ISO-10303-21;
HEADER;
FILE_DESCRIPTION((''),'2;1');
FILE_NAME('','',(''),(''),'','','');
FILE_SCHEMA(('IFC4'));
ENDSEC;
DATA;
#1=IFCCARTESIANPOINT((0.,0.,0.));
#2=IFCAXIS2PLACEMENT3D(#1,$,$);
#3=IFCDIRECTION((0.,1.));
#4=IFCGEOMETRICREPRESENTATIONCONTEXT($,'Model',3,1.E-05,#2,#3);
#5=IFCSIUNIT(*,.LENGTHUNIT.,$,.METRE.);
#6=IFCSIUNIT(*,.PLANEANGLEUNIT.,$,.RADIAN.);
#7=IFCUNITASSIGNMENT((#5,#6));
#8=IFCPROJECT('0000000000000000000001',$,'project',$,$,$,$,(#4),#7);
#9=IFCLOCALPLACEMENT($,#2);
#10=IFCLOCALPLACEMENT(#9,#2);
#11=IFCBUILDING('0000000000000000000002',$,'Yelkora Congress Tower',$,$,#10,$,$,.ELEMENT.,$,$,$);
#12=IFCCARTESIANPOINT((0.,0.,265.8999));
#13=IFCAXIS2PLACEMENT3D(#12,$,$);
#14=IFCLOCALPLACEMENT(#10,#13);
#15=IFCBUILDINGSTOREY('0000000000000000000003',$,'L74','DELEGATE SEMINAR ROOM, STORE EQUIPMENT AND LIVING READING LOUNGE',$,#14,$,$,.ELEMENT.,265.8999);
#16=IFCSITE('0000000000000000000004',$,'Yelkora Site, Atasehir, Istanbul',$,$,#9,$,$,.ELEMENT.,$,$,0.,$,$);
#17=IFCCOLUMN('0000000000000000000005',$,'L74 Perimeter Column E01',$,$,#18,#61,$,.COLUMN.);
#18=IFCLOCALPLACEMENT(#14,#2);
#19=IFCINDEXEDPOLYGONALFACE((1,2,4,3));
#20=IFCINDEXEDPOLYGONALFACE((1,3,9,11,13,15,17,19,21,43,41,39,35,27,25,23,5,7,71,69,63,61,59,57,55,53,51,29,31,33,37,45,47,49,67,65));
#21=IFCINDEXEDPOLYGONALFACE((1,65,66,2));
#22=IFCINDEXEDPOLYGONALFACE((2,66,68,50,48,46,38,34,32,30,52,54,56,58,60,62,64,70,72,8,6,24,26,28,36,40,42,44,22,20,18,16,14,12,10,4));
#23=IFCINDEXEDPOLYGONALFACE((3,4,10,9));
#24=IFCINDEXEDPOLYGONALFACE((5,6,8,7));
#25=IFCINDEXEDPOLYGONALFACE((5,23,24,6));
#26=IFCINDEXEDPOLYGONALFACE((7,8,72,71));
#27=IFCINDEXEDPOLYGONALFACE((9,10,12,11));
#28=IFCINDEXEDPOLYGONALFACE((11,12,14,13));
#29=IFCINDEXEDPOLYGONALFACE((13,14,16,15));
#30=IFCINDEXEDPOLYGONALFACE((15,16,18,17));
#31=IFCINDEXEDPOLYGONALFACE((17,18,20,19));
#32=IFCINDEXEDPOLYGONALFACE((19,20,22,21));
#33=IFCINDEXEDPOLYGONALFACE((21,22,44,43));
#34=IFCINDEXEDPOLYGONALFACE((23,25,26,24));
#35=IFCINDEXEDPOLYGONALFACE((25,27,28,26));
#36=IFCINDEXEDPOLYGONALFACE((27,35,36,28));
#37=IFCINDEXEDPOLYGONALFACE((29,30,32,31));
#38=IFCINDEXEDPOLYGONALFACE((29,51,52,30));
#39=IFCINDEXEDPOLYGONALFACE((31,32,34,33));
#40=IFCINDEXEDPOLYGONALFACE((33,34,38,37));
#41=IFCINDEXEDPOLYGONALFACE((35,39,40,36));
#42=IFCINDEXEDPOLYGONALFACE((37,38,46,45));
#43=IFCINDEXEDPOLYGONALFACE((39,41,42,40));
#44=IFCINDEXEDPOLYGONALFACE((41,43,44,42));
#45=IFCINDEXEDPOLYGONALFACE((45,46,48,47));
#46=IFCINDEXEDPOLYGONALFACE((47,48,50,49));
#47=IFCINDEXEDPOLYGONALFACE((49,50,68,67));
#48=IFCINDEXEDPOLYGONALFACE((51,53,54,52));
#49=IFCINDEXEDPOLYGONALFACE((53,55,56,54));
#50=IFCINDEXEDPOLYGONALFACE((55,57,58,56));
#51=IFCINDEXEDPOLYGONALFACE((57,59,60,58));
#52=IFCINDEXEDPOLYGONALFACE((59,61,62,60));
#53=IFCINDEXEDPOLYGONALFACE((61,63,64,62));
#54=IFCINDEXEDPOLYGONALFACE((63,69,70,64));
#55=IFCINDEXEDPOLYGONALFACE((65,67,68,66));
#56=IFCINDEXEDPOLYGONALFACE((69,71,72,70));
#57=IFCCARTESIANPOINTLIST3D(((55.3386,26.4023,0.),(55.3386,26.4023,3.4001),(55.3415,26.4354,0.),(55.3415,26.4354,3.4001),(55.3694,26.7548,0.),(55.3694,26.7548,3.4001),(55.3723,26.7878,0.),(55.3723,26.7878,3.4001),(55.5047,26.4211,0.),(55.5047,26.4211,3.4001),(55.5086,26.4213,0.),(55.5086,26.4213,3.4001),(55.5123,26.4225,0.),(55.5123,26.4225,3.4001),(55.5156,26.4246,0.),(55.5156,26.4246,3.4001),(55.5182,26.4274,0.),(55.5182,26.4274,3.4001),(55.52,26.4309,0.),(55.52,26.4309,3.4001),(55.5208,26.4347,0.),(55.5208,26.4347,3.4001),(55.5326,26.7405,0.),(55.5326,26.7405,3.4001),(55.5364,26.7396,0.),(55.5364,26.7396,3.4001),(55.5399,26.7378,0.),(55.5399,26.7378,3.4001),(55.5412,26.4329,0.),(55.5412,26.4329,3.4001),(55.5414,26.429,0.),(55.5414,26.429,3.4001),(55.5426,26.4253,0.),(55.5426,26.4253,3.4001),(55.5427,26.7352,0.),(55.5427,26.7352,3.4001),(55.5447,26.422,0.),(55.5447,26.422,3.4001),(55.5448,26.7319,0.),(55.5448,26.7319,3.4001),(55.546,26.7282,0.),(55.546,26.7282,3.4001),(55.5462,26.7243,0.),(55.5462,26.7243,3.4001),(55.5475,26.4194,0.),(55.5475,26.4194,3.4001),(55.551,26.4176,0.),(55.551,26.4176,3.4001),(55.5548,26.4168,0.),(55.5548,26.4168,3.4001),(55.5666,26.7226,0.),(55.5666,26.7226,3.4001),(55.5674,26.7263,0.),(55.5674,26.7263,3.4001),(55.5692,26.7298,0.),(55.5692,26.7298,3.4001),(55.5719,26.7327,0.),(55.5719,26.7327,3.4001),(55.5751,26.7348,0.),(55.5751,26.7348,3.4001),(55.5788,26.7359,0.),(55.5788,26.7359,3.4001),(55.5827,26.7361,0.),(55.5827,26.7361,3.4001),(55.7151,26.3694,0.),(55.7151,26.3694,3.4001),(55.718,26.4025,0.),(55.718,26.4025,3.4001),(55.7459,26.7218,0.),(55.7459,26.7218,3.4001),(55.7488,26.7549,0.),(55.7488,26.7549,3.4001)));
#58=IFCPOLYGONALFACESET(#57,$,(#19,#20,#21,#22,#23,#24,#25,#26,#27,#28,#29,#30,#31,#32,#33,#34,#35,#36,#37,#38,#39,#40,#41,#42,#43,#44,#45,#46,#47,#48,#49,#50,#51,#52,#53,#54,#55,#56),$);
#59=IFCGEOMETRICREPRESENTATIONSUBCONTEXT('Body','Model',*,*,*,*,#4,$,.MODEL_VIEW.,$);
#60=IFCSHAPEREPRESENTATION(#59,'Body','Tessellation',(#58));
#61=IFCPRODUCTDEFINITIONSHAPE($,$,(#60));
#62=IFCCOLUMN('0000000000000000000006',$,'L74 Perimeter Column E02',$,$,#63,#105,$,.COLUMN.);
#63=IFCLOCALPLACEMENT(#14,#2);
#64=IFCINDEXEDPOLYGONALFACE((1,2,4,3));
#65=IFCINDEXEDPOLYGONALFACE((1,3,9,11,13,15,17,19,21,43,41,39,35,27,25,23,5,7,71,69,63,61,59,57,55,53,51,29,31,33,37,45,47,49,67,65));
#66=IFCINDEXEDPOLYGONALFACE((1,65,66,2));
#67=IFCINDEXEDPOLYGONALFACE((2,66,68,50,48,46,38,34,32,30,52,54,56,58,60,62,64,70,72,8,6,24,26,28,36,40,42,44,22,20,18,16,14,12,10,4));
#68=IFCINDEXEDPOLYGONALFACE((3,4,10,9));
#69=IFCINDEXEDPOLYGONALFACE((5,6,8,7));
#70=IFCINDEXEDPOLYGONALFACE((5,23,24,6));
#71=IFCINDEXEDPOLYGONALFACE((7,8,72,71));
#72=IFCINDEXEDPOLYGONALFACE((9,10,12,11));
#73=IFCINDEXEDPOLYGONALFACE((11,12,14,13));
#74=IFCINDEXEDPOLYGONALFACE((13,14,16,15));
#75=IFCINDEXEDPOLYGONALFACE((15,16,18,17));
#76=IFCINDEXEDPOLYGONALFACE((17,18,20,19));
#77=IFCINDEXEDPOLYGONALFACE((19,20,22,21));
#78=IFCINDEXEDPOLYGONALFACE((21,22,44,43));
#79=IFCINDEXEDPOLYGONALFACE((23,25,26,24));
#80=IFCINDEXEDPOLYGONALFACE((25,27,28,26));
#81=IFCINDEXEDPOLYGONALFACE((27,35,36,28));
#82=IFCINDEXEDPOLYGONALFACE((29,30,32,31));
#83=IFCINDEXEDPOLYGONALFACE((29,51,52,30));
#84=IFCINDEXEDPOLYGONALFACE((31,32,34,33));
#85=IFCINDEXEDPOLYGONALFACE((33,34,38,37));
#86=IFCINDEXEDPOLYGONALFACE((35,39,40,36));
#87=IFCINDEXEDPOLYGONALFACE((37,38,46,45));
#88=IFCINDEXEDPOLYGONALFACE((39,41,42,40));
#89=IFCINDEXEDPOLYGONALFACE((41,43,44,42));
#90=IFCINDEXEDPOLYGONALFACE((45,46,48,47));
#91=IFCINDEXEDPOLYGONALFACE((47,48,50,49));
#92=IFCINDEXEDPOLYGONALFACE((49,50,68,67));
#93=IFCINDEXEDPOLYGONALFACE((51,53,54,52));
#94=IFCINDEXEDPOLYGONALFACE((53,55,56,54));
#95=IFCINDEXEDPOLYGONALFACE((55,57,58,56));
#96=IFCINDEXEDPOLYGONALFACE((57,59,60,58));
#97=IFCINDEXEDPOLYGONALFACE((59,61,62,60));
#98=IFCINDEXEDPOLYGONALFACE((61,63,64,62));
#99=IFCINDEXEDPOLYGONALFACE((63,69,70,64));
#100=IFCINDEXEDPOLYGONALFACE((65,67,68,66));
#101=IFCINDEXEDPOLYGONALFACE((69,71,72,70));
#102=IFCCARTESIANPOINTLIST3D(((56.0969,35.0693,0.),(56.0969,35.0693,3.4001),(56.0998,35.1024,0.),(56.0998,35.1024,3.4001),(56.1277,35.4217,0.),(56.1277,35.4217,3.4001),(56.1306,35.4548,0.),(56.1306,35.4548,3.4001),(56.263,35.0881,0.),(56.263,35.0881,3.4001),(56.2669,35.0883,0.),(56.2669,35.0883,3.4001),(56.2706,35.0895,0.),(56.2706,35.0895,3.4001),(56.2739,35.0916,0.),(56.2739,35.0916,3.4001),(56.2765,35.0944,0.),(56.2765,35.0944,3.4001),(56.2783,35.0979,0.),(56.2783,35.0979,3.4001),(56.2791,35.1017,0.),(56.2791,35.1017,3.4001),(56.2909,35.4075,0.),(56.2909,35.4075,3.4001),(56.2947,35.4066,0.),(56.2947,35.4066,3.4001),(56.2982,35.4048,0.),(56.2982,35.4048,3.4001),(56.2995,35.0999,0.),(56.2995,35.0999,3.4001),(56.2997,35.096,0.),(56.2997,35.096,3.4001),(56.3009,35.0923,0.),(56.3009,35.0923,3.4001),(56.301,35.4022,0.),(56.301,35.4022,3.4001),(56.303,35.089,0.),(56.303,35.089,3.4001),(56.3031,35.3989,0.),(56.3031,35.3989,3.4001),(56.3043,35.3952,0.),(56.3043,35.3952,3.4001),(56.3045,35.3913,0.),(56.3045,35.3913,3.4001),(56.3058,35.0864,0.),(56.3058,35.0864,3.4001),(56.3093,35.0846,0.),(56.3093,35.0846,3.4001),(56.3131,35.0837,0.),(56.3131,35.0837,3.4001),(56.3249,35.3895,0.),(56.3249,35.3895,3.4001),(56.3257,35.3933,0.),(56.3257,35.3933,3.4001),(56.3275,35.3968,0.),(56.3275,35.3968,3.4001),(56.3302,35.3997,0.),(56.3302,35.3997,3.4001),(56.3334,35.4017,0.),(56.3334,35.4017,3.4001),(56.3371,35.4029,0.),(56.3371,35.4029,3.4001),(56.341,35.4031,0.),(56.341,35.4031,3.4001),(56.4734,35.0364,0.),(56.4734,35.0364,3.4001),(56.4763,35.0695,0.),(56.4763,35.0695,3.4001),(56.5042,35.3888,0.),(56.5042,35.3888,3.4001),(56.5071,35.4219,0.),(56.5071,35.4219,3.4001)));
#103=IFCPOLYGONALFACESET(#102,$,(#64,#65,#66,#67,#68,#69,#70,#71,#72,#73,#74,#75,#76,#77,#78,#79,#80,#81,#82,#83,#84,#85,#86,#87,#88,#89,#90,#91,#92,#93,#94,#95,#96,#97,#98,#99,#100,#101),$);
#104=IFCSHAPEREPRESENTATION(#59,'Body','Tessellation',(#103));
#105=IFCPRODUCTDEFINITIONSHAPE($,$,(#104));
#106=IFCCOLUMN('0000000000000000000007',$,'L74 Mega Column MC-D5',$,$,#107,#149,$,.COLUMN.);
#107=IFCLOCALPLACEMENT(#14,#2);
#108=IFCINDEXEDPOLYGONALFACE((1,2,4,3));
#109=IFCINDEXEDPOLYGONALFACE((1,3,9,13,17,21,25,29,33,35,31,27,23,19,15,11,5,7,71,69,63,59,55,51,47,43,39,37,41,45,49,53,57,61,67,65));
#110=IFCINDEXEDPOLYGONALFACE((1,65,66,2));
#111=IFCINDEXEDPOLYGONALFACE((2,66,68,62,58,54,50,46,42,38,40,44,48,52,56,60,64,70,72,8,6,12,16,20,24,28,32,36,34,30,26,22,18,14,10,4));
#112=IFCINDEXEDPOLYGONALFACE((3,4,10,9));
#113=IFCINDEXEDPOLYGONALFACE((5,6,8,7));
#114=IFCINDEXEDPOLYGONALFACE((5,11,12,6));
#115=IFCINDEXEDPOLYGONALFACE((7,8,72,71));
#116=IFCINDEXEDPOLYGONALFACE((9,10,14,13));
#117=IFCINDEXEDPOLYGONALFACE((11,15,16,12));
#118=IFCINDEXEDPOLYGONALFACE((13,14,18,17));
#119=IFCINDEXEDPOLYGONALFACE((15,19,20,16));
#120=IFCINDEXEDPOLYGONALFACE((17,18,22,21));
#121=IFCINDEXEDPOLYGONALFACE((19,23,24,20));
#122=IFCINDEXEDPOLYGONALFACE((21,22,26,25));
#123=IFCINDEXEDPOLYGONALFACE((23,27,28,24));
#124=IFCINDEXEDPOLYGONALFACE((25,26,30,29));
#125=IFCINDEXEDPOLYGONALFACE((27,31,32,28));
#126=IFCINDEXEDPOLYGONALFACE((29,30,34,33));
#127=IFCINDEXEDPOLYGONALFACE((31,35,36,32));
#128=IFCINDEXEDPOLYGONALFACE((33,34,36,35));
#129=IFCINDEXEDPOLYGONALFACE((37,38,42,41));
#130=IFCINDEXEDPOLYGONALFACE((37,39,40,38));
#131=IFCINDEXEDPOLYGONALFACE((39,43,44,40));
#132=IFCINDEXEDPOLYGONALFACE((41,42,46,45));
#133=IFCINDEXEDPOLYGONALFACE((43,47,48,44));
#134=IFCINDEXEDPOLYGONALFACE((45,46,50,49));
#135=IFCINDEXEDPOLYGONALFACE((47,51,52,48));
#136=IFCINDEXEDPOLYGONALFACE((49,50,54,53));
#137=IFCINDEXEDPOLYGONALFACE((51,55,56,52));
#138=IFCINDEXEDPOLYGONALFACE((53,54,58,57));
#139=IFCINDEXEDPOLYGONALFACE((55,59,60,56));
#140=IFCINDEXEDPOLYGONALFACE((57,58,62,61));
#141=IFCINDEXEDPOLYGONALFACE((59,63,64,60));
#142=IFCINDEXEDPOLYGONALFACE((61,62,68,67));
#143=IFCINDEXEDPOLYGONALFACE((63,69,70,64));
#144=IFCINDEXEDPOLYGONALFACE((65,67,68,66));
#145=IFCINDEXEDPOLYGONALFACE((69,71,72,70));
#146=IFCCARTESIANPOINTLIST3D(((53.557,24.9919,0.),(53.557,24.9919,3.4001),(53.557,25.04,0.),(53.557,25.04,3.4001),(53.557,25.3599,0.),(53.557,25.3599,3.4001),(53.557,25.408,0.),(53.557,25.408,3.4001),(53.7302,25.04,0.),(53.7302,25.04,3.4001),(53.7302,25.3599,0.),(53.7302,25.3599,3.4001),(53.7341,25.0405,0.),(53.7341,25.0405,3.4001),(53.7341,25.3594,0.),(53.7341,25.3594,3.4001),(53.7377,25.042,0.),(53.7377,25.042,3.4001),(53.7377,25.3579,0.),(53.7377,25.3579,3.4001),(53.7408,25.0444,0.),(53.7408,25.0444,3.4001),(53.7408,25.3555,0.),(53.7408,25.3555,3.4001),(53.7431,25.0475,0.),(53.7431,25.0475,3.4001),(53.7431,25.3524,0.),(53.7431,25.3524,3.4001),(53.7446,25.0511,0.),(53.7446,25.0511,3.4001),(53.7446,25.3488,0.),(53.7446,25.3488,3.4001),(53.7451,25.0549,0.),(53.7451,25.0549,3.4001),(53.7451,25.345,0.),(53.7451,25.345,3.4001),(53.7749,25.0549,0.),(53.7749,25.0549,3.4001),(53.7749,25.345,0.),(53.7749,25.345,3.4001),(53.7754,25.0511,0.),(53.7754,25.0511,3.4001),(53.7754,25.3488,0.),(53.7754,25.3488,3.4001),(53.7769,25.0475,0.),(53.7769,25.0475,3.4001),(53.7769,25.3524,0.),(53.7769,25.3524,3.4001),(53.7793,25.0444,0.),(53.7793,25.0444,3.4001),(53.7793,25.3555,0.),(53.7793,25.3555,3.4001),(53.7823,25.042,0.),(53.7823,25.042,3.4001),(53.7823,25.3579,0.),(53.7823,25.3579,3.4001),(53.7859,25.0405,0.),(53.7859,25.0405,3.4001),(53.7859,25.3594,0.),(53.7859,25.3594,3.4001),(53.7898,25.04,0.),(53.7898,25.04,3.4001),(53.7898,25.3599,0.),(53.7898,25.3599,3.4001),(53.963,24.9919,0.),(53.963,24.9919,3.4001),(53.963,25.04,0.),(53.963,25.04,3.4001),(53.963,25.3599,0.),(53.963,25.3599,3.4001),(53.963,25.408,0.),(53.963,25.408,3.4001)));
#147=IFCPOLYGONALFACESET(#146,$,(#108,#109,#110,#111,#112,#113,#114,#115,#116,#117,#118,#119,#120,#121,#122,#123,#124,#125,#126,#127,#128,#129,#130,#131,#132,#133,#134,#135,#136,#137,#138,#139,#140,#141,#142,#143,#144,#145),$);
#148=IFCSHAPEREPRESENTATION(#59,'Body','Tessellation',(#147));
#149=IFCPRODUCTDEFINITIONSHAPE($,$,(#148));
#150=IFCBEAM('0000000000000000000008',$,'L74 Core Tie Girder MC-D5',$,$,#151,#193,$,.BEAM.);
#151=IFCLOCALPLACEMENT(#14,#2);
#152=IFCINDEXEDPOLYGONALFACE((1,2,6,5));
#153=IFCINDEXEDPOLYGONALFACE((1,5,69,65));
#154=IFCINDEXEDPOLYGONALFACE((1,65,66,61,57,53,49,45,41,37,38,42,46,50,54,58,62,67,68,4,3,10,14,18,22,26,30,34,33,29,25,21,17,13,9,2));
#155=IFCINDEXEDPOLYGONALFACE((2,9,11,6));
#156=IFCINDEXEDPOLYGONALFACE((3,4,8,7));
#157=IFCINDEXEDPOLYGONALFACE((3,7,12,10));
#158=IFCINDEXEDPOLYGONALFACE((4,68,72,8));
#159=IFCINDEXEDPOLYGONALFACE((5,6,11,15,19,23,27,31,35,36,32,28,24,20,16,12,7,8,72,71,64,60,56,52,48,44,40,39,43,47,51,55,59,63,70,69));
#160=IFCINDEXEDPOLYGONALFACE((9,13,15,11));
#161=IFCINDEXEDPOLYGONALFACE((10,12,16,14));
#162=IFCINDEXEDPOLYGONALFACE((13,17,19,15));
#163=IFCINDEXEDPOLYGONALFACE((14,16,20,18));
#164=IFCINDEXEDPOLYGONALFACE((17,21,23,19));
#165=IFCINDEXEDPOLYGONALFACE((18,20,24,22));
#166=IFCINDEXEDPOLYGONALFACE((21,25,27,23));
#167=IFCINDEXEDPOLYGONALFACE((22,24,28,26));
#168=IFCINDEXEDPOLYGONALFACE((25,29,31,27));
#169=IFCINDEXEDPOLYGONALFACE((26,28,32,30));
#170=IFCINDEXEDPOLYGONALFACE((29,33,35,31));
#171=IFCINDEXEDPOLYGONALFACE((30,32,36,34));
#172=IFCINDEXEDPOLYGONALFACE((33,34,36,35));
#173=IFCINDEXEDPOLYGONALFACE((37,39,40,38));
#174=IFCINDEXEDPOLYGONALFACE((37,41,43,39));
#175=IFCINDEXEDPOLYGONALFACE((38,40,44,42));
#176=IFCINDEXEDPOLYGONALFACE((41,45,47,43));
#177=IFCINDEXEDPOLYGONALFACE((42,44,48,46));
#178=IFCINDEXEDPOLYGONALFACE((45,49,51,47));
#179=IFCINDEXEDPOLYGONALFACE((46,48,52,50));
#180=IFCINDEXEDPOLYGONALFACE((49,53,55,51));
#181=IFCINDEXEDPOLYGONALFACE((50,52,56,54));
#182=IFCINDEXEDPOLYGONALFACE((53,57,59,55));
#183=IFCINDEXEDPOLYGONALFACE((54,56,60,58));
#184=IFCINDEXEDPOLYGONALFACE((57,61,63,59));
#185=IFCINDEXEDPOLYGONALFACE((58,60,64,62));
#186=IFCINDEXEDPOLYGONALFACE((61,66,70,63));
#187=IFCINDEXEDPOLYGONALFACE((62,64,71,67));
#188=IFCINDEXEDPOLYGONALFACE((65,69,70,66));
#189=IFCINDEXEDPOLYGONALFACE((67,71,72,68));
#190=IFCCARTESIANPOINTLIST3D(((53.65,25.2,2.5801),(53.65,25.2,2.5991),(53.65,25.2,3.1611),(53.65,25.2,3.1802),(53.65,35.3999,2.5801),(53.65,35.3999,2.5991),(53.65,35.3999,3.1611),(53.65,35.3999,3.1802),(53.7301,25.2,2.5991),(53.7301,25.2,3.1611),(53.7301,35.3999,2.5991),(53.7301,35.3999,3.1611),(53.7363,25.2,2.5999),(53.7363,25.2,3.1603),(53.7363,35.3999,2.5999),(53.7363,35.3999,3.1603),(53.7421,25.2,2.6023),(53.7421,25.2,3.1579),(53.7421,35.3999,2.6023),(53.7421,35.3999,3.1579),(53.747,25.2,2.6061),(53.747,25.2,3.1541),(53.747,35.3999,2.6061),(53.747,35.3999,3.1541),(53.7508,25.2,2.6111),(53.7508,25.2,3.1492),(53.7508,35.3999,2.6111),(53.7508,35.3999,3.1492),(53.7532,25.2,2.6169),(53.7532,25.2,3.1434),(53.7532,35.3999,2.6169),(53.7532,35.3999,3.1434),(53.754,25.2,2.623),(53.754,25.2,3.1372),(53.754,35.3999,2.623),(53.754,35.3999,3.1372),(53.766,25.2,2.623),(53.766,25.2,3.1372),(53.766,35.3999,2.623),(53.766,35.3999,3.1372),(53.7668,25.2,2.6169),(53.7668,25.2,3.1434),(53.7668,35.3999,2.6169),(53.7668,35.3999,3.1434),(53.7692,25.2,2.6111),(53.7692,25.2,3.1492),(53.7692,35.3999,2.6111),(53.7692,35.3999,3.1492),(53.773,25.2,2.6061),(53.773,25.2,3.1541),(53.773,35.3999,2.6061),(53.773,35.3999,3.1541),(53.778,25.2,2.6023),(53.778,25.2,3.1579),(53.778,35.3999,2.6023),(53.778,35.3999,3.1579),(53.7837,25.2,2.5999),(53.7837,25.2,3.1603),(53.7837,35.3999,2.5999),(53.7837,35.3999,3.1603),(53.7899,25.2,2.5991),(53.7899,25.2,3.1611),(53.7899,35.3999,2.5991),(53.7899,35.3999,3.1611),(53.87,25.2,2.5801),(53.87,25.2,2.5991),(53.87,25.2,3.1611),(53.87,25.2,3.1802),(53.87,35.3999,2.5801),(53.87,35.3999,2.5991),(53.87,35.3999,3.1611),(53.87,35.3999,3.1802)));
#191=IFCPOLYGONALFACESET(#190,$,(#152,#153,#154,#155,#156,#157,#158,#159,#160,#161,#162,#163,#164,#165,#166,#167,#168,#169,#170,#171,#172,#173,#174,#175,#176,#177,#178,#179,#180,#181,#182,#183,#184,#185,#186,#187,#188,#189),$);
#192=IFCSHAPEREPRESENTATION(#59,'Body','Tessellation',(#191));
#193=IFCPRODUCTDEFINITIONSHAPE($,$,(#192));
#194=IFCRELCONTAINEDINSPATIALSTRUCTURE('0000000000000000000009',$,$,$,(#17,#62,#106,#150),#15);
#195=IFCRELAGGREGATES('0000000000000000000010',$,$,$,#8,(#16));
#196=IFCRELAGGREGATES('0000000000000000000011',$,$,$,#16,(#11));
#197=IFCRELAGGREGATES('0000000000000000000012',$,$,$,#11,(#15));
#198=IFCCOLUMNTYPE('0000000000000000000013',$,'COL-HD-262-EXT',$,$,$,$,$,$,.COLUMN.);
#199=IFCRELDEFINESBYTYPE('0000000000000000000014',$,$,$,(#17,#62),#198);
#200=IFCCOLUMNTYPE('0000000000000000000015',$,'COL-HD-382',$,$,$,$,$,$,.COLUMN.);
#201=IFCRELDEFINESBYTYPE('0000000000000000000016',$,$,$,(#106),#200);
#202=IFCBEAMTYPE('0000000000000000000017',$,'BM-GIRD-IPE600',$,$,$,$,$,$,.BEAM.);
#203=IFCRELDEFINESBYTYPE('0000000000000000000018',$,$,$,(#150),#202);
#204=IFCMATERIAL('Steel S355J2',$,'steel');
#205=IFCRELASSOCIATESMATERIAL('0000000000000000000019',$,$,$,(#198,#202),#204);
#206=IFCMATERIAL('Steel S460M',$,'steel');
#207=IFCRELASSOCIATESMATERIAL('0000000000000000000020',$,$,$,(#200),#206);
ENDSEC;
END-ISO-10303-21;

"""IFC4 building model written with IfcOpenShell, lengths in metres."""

from ifc_helpers import new_model, si_unit, direction, frame, origin, origin_2d, place, context, subcontext, project, spatial, i_section, extrude, material, material_profile, profile_set, type_object, element, save


model = new_model("IFC4")

# Units and contexts
model_context = context("Model", 3, precision=1e-05, world=origin(), true_north=direction((0.0, 1.0)))
body_context = subcontext(model_context, "Body", "Model", "MODEL_VIEW")
ifc_project = project(units=[si_unit("LENGTHUNIT", "METRE"), si_unit("PLANEANGLEUNIT", "RADIAN")], contexts=[model_context])

# Site, building, storey
site_placement = place(None, origin())
site = spatial("IfcSite", under=ifc_project, at=site_placement, Name="Yelkora Site, Atasehir, Istanbul", CompositionType="ELEMENT", RefElevation=0.0)
building_placement = place(site_placement, origin())
building = spatial("IfcBuilding", under=site, at=building_placement, Name="Yelkora Congress Tower", CompositionType="ELEMENT")
storey_placement = place(building_placement, frame((0.0, 0.0, 265.8999)))
storey = spatial("IfcBuildingStorey", under=building, at=storey_placement, Name="L74", Description="DELEGATE SEMINAR ROOM, STORE EQUIPMENT AND LIVING READING LOUNGE", CompositionType="ELEMENT", Elevation=265.8999)

# Columns
ifc_material_1 = material(Name="Steel S355J2", Category="steel")
ifc_material_profile_1 = material_profile(ifc_material_1, i_section(OverallWidth=0.3779, OverallDepth=0.387, WebThickness=0.0205, FlangeThickness=0.0332, FilletRadius=0.0149, at=origin_2d()), Name="HD 360x262")
ifc_profile_set_1 = profile_set([ifc_material_profile_1], Name="Steel S355J2")
column_type_1 = type_object("IfcColumnType", Name="COL-HD-262-EXT", PredefinedType="COLUMN", material=ifc_profile_set_1)
for number, where, z_axis, x_axis, name in (
    (1, (55.5437, 26.5786, 0.0), (0.0, 0.0, 1.0), (0.996195, -0.087156, 0.0), "L74 Perimeter Column E01"),
    (2, (56.302, 35.2456, 0.0), (0.0, 0.0, 1.0), (0.996195, -0.087156, 0.0), "L74 Perimeter Column E02"),
):
    element("IfcColumn", number, at=place(storey_placement, frame(where, z_axis=z_axis, x_axis=x_axis)), inside=storey, type_object=column_type_1, Name=name, PredefinedType="COLUMN", context=body_context, shape_type="SweptSolid", body=[
        extrude(i_section(OverallWidth=0.3779, OverallDepth=0.387, WebThickness=0.0205, FlangeThickness=0.0332, FilletRadius=0.0149, at=origin_2d()), origin(), (0.0, 0.0, 1.0), 3.4001),
    ])
ifc_material_2 = material(Name="Steel S460M", Category="steel")
ifc_material_profile_2 = material_profile(ifc_material_2, i_section(OverallWidth=0.406, OverallDepth=0.416, WebThickness=0.0298, FlangeThickness=0.0481, FilletRadius=0.0149, at=origin_2d()), Name="HD 400x382")
ifc_profile_set_2 = profile_set([ifc_material_profile_2], Name="Steel S460M")
column_type_2 = type_object("IfcColumnType", Name="COL-HD-382", PredefinedType="COLUMN", material=ifc_profile_set_2)
column_placement = place(storey_placement, frame((53.76, 25.2, 0.0), z_axis=(0.0, 0.0, 1.0), x_axis=(1.0, 0.0, 0.0)))
element("IfcColumn", 3, at=column_placement, inside=storey, type_object=column_type_2, Name="L74 Mega Column MC-D5", PredefinedType="COLUMN", context=body_context, shape_type="SweptSolid", body=[
    extrude(i_section(OverallWidth=0.406, OverallDepth=0.416, WebThickness=0.0298, FlangeThickness=0.0481, FilletRadius=0.0149, at=origin_2d()), origin(), (0.0, 0.0, 1.0), 3.4001),
])

# Beam
ifc_material_profile_3 = material_profile(ifc_material_1, i_section(OverallWidth=0.22, OverallDepth=0.6001, WebThickness=0.012, FlangeThickness=0.019, FilletRadius=0.0239, at=origin_2d()), Name="IPE 600")
ifc_profile_set_3 = profile_set([ifc_material_profile_3], Name="Steel S355J2")
beam_type_1 = type_object("IfcBeamType", Name="BM-GIRD-IPE600", PredefinedType="BEAM", material=ifc_profile_set_3)
beam_1_placement = place(storey_placement, frame((53.76, 25.2, 2.8801), z_axis=(0.0, 1.0, 0.0), x_axis=(-1.0, 0.0, 0.0)))
element("IfcBeam", 4, at=beam_1_placement, inside=storey, type_object=beam_type_1, Name="L74 Core Tie Girder MC-D5", PredefinedType="BEAM", context=body_context, shape_type="SweptSolid", body=[
    extrude(i_section(OverallWidth=0.22, OverallDepth=0.6001, WebThickness=0.012, FlangeThickness=0.019, FilletRadius=0.0239, at=origin_2d()), origin(), (0.0, 0.0, 1.0), 10.2),
])

save(model, "model.ifc")
